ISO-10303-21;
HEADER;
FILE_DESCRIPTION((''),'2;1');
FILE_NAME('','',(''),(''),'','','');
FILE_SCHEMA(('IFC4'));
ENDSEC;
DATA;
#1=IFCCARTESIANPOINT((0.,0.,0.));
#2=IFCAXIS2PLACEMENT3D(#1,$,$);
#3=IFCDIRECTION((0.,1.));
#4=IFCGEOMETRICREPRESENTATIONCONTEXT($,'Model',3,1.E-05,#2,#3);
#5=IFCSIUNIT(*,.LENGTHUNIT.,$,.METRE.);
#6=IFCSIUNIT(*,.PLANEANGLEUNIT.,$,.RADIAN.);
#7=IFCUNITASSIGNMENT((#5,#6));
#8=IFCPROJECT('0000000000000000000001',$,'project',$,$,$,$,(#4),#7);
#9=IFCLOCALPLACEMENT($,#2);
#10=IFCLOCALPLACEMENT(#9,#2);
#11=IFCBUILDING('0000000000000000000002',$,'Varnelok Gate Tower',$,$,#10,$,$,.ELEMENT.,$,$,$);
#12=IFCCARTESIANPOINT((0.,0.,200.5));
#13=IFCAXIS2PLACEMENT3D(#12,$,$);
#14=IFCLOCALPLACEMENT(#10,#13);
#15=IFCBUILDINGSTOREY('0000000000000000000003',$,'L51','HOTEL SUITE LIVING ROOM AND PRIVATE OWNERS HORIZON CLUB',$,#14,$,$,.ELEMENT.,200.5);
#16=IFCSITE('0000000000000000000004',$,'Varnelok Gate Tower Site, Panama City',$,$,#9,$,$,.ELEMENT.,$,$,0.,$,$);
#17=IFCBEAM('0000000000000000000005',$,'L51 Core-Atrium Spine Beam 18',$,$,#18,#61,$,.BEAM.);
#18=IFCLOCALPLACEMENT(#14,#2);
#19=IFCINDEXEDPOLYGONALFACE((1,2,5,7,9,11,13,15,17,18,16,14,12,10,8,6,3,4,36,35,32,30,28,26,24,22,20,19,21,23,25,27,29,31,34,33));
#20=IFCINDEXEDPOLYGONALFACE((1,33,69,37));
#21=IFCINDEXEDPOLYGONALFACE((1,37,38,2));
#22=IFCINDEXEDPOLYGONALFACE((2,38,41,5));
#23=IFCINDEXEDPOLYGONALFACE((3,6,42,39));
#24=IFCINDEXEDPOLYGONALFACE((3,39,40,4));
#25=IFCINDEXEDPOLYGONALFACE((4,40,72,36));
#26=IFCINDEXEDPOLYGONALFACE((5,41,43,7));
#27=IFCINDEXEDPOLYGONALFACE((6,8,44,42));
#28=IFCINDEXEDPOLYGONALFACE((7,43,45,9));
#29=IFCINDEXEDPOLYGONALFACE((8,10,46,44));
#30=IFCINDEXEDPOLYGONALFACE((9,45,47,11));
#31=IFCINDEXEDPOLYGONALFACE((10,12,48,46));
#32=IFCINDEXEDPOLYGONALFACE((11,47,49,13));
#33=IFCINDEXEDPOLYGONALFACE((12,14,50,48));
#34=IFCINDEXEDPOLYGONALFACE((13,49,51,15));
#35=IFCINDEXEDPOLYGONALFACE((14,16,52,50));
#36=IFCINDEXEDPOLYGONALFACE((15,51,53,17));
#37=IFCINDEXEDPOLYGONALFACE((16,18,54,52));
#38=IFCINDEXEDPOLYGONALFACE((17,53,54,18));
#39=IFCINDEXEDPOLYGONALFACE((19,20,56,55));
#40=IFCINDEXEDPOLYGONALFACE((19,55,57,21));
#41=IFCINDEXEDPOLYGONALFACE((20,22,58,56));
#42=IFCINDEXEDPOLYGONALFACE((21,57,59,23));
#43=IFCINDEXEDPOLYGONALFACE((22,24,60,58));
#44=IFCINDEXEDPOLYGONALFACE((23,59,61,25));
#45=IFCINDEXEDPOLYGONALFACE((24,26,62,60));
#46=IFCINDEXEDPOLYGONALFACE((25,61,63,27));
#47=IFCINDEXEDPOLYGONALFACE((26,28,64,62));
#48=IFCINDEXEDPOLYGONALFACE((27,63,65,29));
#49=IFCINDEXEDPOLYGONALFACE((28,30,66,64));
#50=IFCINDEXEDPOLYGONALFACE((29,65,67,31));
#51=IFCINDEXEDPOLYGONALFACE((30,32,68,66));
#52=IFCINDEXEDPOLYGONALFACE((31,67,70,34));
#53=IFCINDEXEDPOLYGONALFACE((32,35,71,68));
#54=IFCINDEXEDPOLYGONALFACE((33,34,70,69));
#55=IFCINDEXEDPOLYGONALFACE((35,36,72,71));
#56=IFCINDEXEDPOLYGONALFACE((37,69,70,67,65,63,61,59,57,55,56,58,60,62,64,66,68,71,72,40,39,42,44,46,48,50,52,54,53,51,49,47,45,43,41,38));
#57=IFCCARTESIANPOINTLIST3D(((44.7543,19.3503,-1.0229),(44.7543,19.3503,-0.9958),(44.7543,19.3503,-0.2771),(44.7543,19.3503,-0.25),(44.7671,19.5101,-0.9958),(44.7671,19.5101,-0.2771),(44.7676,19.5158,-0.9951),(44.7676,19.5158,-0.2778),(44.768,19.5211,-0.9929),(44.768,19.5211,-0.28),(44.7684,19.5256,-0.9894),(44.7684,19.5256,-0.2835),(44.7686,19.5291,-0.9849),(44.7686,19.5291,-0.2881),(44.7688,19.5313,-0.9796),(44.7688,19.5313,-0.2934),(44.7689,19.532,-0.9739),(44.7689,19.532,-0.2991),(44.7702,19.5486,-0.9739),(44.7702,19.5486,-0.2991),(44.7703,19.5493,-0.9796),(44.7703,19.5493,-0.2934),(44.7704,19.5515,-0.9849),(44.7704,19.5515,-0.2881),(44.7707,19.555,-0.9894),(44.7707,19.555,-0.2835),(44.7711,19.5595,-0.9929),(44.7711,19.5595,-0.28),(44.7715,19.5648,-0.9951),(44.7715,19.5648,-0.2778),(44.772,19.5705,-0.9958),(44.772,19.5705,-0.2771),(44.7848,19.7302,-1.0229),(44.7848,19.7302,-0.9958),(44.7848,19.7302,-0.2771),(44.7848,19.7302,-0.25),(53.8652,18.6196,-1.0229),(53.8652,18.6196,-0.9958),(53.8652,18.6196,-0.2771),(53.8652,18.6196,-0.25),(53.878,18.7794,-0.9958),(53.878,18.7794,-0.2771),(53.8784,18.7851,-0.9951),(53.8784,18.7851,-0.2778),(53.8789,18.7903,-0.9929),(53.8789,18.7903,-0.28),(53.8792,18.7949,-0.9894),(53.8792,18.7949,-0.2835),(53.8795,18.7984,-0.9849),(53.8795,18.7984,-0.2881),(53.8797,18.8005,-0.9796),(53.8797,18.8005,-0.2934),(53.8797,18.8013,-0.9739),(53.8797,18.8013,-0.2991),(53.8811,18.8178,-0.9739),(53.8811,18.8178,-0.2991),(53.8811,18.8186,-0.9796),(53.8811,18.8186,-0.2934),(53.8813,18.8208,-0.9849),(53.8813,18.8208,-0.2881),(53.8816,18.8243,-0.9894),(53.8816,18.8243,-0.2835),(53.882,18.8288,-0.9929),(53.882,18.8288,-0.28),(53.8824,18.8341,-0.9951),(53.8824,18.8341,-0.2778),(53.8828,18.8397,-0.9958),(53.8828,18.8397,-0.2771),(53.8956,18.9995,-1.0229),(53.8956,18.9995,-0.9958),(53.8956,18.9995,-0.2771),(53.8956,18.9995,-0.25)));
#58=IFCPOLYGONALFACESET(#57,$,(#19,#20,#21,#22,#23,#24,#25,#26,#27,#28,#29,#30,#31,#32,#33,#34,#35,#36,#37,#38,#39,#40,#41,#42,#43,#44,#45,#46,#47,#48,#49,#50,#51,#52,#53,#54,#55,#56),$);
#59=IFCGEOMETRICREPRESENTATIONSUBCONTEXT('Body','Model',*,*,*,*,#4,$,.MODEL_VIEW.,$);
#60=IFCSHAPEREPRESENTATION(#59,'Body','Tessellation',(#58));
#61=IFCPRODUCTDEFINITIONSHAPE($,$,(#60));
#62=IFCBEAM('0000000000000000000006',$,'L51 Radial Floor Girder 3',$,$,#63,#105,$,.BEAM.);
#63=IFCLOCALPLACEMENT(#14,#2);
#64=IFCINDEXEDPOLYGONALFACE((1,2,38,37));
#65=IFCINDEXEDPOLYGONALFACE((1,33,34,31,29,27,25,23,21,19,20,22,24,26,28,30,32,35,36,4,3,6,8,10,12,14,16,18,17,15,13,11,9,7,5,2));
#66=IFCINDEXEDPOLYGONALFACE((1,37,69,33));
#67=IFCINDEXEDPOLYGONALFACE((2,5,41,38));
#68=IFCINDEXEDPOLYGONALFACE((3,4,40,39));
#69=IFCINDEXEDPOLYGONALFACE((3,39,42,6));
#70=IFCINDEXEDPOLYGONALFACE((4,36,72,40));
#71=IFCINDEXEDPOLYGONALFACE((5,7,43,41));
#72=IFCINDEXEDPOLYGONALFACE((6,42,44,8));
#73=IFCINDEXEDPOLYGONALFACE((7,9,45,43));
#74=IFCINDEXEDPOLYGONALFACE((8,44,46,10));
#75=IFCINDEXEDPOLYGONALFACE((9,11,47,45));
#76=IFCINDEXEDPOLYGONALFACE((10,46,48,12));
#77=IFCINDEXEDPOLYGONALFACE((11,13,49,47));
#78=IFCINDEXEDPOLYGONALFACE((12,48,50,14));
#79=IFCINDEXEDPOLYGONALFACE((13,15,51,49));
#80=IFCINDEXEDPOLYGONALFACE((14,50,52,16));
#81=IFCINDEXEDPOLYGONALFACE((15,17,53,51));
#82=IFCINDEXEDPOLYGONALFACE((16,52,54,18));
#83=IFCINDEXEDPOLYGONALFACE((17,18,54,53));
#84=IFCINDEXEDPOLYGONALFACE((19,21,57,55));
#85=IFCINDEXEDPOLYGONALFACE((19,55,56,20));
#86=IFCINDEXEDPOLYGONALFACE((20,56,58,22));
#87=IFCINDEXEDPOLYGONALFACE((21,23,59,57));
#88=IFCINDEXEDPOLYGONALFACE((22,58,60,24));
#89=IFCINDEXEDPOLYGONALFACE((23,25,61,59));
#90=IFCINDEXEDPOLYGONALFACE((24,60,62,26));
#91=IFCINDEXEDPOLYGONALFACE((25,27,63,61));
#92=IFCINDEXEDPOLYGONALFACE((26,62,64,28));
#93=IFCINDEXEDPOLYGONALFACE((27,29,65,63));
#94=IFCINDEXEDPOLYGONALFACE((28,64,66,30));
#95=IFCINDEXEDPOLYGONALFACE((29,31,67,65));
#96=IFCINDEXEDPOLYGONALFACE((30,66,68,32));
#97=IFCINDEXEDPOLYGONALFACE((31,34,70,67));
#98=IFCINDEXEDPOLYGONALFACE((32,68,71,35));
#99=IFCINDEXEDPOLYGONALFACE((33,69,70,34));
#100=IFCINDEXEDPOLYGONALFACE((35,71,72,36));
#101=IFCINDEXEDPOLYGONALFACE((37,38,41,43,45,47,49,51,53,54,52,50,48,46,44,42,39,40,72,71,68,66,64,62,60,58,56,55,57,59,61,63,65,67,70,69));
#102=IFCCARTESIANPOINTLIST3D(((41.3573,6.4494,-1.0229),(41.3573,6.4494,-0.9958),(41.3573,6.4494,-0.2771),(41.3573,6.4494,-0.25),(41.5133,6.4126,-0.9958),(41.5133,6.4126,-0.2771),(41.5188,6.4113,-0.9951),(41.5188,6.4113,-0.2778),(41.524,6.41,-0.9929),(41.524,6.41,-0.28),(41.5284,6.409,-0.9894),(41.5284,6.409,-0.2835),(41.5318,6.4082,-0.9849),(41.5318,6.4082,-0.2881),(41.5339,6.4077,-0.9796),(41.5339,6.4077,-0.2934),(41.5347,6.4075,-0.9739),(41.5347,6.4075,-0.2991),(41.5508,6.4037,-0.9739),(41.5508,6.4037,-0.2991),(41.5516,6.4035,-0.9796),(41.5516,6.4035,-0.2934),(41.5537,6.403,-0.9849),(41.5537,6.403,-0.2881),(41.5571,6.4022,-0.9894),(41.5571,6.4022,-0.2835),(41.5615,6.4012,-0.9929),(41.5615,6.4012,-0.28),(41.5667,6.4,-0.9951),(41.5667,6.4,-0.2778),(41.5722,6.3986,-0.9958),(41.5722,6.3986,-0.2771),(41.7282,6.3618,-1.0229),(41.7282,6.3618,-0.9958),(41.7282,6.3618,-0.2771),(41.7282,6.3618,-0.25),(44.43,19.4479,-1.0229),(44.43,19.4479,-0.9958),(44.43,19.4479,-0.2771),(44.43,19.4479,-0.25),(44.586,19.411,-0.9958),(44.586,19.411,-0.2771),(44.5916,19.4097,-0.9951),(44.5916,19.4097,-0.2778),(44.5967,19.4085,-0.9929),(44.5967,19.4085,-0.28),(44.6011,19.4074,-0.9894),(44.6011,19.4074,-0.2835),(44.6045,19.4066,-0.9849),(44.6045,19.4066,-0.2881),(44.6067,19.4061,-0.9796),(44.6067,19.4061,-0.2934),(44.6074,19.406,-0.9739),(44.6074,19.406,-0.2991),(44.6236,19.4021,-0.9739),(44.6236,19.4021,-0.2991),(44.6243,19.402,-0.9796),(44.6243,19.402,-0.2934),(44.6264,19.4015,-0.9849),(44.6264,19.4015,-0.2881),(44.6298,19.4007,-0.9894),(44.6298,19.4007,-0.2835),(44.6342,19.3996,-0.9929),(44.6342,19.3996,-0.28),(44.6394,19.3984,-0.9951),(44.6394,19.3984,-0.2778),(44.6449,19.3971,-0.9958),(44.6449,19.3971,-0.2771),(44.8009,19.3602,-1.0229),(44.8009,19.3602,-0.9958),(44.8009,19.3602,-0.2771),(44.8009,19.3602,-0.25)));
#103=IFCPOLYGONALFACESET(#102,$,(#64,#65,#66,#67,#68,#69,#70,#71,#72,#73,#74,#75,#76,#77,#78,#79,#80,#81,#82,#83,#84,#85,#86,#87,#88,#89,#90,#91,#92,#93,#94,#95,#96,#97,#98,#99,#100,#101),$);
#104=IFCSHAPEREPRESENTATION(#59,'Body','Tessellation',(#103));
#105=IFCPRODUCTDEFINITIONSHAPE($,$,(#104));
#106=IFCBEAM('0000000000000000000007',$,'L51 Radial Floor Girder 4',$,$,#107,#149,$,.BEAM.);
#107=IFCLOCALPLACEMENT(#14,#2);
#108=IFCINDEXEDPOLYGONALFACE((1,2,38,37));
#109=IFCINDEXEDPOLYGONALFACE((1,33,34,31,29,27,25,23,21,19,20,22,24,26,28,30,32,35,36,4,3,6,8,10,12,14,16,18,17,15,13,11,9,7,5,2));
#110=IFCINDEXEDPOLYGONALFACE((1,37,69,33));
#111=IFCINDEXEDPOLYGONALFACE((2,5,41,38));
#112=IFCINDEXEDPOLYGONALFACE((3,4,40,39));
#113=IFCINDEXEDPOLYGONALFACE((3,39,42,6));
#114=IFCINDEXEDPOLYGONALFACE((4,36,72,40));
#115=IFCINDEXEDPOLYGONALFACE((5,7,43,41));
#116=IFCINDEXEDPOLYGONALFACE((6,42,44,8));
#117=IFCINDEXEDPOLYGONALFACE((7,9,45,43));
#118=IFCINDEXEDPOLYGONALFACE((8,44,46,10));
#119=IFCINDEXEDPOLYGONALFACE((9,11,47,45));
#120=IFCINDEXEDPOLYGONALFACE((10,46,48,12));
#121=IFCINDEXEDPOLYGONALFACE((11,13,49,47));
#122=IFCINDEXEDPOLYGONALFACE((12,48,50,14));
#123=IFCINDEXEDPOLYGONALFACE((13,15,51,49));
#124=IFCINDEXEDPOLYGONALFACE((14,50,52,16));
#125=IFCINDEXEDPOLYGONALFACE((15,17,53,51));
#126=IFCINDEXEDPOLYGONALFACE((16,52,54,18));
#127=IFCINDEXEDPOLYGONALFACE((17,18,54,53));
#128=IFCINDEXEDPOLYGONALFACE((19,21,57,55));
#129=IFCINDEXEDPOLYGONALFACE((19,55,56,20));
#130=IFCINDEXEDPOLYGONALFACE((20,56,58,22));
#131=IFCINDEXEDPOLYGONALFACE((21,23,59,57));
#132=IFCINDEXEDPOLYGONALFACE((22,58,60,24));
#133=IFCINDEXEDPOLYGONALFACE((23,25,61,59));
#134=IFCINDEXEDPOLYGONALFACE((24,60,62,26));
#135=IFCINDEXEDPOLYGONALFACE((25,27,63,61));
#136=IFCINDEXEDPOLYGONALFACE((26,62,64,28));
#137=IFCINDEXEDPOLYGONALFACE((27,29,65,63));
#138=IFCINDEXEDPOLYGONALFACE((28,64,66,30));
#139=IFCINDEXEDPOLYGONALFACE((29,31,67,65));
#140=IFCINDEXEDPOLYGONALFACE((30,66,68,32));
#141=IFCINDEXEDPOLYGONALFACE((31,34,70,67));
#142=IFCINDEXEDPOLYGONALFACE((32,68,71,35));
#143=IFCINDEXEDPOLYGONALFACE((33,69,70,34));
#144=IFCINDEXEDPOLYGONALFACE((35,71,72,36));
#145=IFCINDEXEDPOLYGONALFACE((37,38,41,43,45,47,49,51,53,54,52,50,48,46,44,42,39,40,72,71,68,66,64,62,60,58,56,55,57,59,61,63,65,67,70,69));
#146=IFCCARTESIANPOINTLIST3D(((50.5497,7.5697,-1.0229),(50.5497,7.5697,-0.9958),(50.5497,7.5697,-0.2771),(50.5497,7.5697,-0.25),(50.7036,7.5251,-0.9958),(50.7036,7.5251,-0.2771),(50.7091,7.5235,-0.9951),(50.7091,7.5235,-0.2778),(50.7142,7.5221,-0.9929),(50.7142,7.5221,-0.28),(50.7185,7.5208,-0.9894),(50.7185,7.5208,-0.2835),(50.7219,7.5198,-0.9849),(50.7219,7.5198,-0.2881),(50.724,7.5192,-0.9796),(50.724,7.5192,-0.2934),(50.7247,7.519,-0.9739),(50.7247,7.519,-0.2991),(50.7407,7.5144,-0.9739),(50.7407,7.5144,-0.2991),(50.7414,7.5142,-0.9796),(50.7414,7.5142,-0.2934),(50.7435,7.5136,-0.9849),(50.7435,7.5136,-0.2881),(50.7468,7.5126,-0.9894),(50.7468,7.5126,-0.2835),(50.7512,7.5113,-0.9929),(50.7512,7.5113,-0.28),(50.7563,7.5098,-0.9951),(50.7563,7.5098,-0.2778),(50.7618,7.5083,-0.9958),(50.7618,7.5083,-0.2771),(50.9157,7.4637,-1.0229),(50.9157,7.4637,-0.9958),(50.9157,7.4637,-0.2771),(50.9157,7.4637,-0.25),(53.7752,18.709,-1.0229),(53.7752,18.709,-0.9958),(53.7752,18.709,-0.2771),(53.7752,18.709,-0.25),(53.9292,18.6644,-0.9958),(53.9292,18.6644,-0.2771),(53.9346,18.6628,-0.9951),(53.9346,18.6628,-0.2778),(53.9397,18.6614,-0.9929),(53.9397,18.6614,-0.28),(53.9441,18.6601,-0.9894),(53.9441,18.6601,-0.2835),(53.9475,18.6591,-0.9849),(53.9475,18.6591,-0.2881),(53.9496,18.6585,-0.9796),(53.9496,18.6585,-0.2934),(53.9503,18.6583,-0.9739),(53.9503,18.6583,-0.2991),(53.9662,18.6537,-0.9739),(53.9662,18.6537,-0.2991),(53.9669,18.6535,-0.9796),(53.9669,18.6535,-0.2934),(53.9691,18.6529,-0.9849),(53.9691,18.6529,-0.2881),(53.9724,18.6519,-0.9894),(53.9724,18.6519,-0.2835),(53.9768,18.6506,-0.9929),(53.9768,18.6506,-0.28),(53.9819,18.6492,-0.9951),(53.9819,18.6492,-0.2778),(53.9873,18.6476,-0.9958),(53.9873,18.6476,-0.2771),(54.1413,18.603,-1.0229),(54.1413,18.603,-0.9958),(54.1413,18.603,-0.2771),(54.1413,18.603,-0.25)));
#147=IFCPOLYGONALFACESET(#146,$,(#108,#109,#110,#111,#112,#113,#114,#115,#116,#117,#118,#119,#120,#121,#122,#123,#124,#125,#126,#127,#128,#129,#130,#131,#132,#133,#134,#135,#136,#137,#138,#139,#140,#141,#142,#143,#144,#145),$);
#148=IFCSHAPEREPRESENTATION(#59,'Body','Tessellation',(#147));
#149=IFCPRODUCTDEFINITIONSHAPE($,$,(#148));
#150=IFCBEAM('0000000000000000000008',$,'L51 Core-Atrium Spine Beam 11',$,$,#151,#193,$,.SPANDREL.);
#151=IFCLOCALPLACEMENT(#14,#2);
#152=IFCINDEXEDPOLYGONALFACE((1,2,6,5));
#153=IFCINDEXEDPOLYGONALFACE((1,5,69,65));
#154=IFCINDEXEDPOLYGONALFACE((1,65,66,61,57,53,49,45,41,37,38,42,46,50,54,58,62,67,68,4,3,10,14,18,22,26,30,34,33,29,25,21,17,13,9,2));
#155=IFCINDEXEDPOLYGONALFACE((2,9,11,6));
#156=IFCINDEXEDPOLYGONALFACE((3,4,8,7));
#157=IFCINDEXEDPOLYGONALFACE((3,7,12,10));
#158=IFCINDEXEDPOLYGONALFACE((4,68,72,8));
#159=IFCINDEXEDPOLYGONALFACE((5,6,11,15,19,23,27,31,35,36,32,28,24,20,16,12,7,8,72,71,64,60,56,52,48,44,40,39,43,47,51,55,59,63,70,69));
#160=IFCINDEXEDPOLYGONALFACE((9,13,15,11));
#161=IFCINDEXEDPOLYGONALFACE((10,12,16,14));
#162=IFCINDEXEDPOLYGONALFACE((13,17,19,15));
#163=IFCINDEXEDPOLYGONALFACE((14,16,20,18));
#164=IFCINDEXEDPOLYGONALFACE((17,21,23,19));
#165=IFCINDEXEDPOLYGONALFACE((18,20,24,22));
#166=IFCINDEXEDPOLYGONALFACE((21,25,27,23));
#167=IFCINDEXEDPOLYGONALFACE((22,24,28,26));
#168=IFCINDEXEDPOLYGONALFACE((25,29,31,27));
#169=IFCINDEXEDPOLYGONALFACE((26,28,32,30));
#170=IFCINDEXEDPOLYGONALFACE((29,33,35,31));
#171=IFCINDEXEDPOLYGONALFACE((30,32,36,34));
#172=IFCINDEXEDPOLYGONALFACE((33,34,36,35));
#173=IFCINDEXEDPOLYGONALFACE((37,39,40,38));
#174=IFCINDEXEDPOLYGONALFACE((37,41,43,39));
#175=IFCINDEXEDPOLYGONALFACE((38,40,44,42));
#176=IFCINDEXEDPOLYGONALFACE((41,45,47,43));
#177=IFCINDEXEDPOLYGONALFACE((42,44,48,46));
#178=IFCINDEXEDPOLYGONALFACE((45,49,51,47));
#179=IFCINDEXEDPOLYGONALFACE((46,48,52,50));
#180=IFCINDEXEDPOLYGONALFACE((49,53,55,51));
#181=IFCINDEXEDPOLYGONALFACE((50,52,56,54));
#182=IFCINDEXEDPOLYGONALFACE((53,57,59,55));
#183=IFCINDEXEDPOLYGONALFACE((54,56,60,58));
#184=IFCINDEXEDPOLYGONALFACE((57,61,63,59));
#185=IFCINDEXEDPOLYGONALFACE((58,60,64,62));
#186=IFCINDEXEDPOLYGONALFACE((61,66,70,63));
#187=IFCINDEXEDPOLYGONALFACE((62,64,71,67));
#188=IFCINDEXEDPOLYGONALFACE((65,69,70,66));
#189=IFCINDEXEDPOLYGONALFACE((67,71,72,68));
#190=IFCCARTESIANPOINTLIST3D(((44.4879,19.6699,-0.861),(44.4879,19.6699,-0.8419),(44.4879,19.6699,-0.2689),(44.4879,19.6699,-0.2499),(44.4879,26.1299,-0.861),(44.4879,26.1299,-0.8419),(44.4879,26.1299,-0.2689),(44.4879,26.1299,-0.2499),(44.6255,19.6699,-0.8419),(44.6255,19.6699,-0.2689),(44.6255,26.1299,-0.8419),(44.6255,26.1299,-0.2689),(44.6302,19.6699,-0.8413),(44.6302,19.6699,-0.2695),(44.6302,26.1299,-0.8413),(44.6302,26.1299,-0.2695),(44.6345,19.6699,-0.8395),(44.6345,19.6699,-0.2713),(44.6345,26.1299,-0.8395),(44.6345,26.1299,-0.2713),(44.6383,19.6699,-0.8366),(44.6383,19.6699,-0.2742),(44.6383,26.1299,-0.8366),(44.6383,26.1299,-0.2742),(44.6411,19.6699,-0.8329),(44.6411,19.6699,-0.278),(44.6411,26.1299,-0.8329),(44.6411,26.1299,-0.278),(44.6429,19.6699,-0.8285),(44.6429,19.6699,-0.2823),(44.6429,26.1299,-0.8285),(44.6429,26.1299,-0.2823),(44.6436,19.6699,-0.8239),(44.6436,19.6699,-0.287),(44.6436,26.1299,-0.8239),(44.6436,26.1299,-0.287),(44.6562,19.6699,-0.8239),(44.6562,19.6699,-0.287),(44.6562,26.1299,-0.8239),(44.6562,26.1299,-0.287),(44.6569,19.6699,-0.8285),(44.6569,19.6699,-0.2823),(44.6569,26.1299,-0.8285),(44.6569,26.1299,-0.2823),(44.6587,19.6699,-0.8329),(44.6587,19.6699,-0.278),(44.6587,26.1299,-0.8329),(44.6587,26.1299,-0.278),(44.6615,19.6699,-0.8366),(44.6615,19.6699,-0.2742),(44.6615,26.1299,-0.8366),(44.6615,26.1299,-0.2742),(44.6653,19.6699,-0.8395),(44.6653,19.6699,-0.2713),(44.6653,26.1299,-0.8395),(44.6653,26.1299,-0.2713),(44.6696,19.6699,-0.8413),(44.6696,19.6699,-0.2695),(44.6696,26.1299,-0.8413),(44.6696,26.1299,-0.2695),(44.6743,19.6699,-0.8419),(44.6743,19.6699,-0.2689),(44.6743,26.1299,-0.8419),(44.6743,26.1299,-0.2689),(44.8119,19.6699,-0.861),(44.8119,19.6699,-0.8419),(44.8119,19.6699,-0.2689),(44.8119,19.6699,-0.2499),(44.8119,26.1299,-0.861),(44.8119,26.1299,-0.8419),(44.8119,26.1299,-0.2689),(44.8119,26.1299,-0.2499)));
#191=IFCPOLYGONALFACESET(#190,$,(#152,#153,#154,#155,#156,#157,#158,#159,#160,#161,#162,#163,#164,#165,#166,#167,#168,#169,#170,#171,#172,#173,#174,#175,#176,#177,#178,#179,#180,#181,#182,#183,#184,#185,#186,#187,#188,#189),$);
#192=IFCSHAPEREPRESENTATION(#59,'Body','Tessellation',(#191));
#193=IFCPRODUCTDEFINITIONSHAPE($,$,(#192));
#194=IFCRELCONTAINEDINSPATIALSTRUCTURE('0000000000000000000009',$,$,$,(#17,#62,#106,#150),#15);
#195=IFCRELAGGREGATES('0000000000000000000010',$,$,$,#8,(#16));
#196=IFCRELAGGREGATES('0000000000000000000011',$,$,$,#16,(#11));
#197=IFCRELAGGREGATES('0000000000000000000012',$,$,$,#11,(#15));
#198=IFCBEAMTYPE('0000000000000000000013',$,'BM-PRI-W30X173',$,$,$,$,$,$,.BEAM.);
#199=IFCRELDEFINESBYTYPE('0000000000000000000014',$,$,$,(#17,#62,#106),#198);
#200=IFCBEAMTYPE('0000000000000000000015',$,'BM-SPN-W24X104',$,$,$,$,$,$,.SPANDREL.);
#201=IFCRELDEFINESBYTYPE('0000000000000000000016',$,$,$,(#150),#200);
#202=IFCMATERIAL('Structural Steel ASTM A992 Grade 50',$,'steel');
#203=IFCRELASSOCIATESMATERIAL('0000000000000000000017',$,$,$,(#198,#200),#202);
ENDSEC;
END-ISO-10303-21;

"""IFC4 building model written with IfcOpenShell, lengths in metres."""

from ifc_helpers import new_model, si_unit, direction, frame, origin, origin_2d, place, context, subcontext, project, spatial, i_section, extrude, material, material_profile, profile_set, type_object, element, save


model = new_model("IFC4")

# Units and contexts
model_context = context("Model", 3, precision=1e-05, world=origin(), true_north=direction((0.0, 1.0)))
body_context = subcontext(model_context, "Body", "Model", "MODEL_VIEW")
ifc_project = project(units=[si_unit("LENGTHUNIT", "METRE"), si_unit("PLANEANGLEUNIT", "RADIAN")], contexts=[model_context])

# Site, building, storey
site_placement = place(None, origin())
site = spatial("IfcSite", under=ifc_project, at=site_placement, Name="Varnelok Gate Tower Site, Panama City", CompositionType="ELEMENT", RefElevation=0.0)
building_placement = place(site_placement, origin())
building = spatial("IfcBuilding", under=site, at=building_placement, Name="Varnelok Gate Tower", CompositionType="ELEMENT")
storey_placement = place(building_placement, frame((0.0, 0.0, 200.5)))
storey = spatial("IfcBuildingStorey", under=building, at=storey_placement, Name="L51", Description="HOTEL SUITE LIVING ROOM AND PRIVATE OWNERS HORIZON CLUB", CompositionType="ELEMENT", Elevation=200.5)

# Shared definitions
ifc_material_1 = material(Name="Structural Steel ASTM A992 Grade 50", Category="steel")

# Beams
ifc_material_profile_1 = material_profile(ifc_material_1, i_section(OverallWidth=0.3811, OverallDepth=0.7729, WebThickness=0.0166, FlangeThickness=0.0271, FilletRadius=0.022, at=origin_2d()), Name="W30X173")
ifc_profile_set_1 = profile_set([ifc_material_profile_1], Name="Structural Steel ASTM A992 Grade 50")
beam_type_1 = type_object("IfcBeamType", Name="BM-PRI-W30X173", PredefinedType="BEAM", material=ifc_profile_set_1)
beam_1_placement = place(storey_placement, frame((44.7695, 19.5403, -0.6365), z_axis=(0.996799, -0.079946, 0.0), x_axis=(0.079946, 0.996799, 0.0)))
element("IfcBeam", 1, at=beam_1_placement, inside=storey, type_object=beam_type_1, Name="L51 Core-Atrium Spine Beam 18", PredefinedType="BEAM", context=body_context, shape_type="SweptSolid", body=[
    extrude(i_section(OverallWidth=0.3811, OverallDepth=0.7729, WebThickness=0.0166, FlangeThickness=0.0271, FilletRadius=0.022, at=origin_2d()), origin(), (0.0, 0.0, 1.0), 9.1401),
])
beam_2_placement = place(storey_placement, frame((44.6155, 19.4041, -0.6365), z_axis=(-0.230052, -0.973178, 0.0), x_axis=(0.973178, -0.230052, 0.0)))
element("IfcBeam", 2, at=beam_2_placement, inside=storey, type_object=beam_type_1, Name="L51 Radial Floor Girder 3", PredefinedType="BEAM", context=body_context, shape_type="SweptSolid", body=[
    extrude(i_section(OverallWidth=0.3811, OverallDepth=0.7729, WebThickness=0.0166, FlangeThickness=0.0271, FilletRadius=0.022, at=origin_2d()), origin(), (0.0, 0.0, 1.0), 13.3567),
])
beam_3_placement = place(storey_placement, frame((53.9583, 18.656, -0.6365), z_axis=(-0.278139, -0.960541, 0.0), x_axis=(0.960541, -0.278139, 0.0)))
element("IfcBeam", 3, at=beam_3_placement, inside=storey, type_object=beam_type_1, Name="L51 Radial Floor Girder 4", PredefinedType="BEAM", context=body_context, shape_type="SweptSolid", body=[
    extrude(i_section(OverallWidth=0.3811, OverallDepth=0.7729, WebThickness=0.0166, FlangeThickness=0.0271, FilletRadius=0.022, at=origin_2d()), origin(), (0.0, 0.0, 1.0), 11.5969),
])
ifc_material_profile_2 = material_profile(ifc_material_1, i_section(OverallWidth=0.324, OverallDepth=0.6111, WebThickness=0.0127, FlangeThickness=0.019, FilletRadius=0.0181, at=origin_2d()), Name="W24X104")
ifc_profile_set_2 = profile_set([ifc_material_profile_2], Name="Structural Steel ASTM A992 Grade 50")
beam_type_2 = type_object("IfcBeamType", Name="BM-SPN-W24X104", PredefinedType="SPANDREL", material=ifc_profile_set_2)
beam_4_placement = place(storey_placement, frame((44.6499, 19.6699, -0.5554), z_axis=(0.0, 1.0, 0.0), x_axis=(-1.0, 0.0, 0.0)))
element("IfcBeam", 4, at=beam_4_placement, inside=storey, type_object=beam_type_2, Name="L51 Core-Atrium Spine Beam 11", PredefinedType="SPANDREL", context=body_context, shape_type="SweptSolid", body=[
    extrude(i_section(OverallWidth=0.324, OverallDepth=0.6111, WebThickness=0.0127, FlangeThickness=0.019, FilletRadius=0.0181, at=origin_2d()), origin(), (0.0, 0.0, 1.0), 6.46),
])

save(model, "model.ifc")
